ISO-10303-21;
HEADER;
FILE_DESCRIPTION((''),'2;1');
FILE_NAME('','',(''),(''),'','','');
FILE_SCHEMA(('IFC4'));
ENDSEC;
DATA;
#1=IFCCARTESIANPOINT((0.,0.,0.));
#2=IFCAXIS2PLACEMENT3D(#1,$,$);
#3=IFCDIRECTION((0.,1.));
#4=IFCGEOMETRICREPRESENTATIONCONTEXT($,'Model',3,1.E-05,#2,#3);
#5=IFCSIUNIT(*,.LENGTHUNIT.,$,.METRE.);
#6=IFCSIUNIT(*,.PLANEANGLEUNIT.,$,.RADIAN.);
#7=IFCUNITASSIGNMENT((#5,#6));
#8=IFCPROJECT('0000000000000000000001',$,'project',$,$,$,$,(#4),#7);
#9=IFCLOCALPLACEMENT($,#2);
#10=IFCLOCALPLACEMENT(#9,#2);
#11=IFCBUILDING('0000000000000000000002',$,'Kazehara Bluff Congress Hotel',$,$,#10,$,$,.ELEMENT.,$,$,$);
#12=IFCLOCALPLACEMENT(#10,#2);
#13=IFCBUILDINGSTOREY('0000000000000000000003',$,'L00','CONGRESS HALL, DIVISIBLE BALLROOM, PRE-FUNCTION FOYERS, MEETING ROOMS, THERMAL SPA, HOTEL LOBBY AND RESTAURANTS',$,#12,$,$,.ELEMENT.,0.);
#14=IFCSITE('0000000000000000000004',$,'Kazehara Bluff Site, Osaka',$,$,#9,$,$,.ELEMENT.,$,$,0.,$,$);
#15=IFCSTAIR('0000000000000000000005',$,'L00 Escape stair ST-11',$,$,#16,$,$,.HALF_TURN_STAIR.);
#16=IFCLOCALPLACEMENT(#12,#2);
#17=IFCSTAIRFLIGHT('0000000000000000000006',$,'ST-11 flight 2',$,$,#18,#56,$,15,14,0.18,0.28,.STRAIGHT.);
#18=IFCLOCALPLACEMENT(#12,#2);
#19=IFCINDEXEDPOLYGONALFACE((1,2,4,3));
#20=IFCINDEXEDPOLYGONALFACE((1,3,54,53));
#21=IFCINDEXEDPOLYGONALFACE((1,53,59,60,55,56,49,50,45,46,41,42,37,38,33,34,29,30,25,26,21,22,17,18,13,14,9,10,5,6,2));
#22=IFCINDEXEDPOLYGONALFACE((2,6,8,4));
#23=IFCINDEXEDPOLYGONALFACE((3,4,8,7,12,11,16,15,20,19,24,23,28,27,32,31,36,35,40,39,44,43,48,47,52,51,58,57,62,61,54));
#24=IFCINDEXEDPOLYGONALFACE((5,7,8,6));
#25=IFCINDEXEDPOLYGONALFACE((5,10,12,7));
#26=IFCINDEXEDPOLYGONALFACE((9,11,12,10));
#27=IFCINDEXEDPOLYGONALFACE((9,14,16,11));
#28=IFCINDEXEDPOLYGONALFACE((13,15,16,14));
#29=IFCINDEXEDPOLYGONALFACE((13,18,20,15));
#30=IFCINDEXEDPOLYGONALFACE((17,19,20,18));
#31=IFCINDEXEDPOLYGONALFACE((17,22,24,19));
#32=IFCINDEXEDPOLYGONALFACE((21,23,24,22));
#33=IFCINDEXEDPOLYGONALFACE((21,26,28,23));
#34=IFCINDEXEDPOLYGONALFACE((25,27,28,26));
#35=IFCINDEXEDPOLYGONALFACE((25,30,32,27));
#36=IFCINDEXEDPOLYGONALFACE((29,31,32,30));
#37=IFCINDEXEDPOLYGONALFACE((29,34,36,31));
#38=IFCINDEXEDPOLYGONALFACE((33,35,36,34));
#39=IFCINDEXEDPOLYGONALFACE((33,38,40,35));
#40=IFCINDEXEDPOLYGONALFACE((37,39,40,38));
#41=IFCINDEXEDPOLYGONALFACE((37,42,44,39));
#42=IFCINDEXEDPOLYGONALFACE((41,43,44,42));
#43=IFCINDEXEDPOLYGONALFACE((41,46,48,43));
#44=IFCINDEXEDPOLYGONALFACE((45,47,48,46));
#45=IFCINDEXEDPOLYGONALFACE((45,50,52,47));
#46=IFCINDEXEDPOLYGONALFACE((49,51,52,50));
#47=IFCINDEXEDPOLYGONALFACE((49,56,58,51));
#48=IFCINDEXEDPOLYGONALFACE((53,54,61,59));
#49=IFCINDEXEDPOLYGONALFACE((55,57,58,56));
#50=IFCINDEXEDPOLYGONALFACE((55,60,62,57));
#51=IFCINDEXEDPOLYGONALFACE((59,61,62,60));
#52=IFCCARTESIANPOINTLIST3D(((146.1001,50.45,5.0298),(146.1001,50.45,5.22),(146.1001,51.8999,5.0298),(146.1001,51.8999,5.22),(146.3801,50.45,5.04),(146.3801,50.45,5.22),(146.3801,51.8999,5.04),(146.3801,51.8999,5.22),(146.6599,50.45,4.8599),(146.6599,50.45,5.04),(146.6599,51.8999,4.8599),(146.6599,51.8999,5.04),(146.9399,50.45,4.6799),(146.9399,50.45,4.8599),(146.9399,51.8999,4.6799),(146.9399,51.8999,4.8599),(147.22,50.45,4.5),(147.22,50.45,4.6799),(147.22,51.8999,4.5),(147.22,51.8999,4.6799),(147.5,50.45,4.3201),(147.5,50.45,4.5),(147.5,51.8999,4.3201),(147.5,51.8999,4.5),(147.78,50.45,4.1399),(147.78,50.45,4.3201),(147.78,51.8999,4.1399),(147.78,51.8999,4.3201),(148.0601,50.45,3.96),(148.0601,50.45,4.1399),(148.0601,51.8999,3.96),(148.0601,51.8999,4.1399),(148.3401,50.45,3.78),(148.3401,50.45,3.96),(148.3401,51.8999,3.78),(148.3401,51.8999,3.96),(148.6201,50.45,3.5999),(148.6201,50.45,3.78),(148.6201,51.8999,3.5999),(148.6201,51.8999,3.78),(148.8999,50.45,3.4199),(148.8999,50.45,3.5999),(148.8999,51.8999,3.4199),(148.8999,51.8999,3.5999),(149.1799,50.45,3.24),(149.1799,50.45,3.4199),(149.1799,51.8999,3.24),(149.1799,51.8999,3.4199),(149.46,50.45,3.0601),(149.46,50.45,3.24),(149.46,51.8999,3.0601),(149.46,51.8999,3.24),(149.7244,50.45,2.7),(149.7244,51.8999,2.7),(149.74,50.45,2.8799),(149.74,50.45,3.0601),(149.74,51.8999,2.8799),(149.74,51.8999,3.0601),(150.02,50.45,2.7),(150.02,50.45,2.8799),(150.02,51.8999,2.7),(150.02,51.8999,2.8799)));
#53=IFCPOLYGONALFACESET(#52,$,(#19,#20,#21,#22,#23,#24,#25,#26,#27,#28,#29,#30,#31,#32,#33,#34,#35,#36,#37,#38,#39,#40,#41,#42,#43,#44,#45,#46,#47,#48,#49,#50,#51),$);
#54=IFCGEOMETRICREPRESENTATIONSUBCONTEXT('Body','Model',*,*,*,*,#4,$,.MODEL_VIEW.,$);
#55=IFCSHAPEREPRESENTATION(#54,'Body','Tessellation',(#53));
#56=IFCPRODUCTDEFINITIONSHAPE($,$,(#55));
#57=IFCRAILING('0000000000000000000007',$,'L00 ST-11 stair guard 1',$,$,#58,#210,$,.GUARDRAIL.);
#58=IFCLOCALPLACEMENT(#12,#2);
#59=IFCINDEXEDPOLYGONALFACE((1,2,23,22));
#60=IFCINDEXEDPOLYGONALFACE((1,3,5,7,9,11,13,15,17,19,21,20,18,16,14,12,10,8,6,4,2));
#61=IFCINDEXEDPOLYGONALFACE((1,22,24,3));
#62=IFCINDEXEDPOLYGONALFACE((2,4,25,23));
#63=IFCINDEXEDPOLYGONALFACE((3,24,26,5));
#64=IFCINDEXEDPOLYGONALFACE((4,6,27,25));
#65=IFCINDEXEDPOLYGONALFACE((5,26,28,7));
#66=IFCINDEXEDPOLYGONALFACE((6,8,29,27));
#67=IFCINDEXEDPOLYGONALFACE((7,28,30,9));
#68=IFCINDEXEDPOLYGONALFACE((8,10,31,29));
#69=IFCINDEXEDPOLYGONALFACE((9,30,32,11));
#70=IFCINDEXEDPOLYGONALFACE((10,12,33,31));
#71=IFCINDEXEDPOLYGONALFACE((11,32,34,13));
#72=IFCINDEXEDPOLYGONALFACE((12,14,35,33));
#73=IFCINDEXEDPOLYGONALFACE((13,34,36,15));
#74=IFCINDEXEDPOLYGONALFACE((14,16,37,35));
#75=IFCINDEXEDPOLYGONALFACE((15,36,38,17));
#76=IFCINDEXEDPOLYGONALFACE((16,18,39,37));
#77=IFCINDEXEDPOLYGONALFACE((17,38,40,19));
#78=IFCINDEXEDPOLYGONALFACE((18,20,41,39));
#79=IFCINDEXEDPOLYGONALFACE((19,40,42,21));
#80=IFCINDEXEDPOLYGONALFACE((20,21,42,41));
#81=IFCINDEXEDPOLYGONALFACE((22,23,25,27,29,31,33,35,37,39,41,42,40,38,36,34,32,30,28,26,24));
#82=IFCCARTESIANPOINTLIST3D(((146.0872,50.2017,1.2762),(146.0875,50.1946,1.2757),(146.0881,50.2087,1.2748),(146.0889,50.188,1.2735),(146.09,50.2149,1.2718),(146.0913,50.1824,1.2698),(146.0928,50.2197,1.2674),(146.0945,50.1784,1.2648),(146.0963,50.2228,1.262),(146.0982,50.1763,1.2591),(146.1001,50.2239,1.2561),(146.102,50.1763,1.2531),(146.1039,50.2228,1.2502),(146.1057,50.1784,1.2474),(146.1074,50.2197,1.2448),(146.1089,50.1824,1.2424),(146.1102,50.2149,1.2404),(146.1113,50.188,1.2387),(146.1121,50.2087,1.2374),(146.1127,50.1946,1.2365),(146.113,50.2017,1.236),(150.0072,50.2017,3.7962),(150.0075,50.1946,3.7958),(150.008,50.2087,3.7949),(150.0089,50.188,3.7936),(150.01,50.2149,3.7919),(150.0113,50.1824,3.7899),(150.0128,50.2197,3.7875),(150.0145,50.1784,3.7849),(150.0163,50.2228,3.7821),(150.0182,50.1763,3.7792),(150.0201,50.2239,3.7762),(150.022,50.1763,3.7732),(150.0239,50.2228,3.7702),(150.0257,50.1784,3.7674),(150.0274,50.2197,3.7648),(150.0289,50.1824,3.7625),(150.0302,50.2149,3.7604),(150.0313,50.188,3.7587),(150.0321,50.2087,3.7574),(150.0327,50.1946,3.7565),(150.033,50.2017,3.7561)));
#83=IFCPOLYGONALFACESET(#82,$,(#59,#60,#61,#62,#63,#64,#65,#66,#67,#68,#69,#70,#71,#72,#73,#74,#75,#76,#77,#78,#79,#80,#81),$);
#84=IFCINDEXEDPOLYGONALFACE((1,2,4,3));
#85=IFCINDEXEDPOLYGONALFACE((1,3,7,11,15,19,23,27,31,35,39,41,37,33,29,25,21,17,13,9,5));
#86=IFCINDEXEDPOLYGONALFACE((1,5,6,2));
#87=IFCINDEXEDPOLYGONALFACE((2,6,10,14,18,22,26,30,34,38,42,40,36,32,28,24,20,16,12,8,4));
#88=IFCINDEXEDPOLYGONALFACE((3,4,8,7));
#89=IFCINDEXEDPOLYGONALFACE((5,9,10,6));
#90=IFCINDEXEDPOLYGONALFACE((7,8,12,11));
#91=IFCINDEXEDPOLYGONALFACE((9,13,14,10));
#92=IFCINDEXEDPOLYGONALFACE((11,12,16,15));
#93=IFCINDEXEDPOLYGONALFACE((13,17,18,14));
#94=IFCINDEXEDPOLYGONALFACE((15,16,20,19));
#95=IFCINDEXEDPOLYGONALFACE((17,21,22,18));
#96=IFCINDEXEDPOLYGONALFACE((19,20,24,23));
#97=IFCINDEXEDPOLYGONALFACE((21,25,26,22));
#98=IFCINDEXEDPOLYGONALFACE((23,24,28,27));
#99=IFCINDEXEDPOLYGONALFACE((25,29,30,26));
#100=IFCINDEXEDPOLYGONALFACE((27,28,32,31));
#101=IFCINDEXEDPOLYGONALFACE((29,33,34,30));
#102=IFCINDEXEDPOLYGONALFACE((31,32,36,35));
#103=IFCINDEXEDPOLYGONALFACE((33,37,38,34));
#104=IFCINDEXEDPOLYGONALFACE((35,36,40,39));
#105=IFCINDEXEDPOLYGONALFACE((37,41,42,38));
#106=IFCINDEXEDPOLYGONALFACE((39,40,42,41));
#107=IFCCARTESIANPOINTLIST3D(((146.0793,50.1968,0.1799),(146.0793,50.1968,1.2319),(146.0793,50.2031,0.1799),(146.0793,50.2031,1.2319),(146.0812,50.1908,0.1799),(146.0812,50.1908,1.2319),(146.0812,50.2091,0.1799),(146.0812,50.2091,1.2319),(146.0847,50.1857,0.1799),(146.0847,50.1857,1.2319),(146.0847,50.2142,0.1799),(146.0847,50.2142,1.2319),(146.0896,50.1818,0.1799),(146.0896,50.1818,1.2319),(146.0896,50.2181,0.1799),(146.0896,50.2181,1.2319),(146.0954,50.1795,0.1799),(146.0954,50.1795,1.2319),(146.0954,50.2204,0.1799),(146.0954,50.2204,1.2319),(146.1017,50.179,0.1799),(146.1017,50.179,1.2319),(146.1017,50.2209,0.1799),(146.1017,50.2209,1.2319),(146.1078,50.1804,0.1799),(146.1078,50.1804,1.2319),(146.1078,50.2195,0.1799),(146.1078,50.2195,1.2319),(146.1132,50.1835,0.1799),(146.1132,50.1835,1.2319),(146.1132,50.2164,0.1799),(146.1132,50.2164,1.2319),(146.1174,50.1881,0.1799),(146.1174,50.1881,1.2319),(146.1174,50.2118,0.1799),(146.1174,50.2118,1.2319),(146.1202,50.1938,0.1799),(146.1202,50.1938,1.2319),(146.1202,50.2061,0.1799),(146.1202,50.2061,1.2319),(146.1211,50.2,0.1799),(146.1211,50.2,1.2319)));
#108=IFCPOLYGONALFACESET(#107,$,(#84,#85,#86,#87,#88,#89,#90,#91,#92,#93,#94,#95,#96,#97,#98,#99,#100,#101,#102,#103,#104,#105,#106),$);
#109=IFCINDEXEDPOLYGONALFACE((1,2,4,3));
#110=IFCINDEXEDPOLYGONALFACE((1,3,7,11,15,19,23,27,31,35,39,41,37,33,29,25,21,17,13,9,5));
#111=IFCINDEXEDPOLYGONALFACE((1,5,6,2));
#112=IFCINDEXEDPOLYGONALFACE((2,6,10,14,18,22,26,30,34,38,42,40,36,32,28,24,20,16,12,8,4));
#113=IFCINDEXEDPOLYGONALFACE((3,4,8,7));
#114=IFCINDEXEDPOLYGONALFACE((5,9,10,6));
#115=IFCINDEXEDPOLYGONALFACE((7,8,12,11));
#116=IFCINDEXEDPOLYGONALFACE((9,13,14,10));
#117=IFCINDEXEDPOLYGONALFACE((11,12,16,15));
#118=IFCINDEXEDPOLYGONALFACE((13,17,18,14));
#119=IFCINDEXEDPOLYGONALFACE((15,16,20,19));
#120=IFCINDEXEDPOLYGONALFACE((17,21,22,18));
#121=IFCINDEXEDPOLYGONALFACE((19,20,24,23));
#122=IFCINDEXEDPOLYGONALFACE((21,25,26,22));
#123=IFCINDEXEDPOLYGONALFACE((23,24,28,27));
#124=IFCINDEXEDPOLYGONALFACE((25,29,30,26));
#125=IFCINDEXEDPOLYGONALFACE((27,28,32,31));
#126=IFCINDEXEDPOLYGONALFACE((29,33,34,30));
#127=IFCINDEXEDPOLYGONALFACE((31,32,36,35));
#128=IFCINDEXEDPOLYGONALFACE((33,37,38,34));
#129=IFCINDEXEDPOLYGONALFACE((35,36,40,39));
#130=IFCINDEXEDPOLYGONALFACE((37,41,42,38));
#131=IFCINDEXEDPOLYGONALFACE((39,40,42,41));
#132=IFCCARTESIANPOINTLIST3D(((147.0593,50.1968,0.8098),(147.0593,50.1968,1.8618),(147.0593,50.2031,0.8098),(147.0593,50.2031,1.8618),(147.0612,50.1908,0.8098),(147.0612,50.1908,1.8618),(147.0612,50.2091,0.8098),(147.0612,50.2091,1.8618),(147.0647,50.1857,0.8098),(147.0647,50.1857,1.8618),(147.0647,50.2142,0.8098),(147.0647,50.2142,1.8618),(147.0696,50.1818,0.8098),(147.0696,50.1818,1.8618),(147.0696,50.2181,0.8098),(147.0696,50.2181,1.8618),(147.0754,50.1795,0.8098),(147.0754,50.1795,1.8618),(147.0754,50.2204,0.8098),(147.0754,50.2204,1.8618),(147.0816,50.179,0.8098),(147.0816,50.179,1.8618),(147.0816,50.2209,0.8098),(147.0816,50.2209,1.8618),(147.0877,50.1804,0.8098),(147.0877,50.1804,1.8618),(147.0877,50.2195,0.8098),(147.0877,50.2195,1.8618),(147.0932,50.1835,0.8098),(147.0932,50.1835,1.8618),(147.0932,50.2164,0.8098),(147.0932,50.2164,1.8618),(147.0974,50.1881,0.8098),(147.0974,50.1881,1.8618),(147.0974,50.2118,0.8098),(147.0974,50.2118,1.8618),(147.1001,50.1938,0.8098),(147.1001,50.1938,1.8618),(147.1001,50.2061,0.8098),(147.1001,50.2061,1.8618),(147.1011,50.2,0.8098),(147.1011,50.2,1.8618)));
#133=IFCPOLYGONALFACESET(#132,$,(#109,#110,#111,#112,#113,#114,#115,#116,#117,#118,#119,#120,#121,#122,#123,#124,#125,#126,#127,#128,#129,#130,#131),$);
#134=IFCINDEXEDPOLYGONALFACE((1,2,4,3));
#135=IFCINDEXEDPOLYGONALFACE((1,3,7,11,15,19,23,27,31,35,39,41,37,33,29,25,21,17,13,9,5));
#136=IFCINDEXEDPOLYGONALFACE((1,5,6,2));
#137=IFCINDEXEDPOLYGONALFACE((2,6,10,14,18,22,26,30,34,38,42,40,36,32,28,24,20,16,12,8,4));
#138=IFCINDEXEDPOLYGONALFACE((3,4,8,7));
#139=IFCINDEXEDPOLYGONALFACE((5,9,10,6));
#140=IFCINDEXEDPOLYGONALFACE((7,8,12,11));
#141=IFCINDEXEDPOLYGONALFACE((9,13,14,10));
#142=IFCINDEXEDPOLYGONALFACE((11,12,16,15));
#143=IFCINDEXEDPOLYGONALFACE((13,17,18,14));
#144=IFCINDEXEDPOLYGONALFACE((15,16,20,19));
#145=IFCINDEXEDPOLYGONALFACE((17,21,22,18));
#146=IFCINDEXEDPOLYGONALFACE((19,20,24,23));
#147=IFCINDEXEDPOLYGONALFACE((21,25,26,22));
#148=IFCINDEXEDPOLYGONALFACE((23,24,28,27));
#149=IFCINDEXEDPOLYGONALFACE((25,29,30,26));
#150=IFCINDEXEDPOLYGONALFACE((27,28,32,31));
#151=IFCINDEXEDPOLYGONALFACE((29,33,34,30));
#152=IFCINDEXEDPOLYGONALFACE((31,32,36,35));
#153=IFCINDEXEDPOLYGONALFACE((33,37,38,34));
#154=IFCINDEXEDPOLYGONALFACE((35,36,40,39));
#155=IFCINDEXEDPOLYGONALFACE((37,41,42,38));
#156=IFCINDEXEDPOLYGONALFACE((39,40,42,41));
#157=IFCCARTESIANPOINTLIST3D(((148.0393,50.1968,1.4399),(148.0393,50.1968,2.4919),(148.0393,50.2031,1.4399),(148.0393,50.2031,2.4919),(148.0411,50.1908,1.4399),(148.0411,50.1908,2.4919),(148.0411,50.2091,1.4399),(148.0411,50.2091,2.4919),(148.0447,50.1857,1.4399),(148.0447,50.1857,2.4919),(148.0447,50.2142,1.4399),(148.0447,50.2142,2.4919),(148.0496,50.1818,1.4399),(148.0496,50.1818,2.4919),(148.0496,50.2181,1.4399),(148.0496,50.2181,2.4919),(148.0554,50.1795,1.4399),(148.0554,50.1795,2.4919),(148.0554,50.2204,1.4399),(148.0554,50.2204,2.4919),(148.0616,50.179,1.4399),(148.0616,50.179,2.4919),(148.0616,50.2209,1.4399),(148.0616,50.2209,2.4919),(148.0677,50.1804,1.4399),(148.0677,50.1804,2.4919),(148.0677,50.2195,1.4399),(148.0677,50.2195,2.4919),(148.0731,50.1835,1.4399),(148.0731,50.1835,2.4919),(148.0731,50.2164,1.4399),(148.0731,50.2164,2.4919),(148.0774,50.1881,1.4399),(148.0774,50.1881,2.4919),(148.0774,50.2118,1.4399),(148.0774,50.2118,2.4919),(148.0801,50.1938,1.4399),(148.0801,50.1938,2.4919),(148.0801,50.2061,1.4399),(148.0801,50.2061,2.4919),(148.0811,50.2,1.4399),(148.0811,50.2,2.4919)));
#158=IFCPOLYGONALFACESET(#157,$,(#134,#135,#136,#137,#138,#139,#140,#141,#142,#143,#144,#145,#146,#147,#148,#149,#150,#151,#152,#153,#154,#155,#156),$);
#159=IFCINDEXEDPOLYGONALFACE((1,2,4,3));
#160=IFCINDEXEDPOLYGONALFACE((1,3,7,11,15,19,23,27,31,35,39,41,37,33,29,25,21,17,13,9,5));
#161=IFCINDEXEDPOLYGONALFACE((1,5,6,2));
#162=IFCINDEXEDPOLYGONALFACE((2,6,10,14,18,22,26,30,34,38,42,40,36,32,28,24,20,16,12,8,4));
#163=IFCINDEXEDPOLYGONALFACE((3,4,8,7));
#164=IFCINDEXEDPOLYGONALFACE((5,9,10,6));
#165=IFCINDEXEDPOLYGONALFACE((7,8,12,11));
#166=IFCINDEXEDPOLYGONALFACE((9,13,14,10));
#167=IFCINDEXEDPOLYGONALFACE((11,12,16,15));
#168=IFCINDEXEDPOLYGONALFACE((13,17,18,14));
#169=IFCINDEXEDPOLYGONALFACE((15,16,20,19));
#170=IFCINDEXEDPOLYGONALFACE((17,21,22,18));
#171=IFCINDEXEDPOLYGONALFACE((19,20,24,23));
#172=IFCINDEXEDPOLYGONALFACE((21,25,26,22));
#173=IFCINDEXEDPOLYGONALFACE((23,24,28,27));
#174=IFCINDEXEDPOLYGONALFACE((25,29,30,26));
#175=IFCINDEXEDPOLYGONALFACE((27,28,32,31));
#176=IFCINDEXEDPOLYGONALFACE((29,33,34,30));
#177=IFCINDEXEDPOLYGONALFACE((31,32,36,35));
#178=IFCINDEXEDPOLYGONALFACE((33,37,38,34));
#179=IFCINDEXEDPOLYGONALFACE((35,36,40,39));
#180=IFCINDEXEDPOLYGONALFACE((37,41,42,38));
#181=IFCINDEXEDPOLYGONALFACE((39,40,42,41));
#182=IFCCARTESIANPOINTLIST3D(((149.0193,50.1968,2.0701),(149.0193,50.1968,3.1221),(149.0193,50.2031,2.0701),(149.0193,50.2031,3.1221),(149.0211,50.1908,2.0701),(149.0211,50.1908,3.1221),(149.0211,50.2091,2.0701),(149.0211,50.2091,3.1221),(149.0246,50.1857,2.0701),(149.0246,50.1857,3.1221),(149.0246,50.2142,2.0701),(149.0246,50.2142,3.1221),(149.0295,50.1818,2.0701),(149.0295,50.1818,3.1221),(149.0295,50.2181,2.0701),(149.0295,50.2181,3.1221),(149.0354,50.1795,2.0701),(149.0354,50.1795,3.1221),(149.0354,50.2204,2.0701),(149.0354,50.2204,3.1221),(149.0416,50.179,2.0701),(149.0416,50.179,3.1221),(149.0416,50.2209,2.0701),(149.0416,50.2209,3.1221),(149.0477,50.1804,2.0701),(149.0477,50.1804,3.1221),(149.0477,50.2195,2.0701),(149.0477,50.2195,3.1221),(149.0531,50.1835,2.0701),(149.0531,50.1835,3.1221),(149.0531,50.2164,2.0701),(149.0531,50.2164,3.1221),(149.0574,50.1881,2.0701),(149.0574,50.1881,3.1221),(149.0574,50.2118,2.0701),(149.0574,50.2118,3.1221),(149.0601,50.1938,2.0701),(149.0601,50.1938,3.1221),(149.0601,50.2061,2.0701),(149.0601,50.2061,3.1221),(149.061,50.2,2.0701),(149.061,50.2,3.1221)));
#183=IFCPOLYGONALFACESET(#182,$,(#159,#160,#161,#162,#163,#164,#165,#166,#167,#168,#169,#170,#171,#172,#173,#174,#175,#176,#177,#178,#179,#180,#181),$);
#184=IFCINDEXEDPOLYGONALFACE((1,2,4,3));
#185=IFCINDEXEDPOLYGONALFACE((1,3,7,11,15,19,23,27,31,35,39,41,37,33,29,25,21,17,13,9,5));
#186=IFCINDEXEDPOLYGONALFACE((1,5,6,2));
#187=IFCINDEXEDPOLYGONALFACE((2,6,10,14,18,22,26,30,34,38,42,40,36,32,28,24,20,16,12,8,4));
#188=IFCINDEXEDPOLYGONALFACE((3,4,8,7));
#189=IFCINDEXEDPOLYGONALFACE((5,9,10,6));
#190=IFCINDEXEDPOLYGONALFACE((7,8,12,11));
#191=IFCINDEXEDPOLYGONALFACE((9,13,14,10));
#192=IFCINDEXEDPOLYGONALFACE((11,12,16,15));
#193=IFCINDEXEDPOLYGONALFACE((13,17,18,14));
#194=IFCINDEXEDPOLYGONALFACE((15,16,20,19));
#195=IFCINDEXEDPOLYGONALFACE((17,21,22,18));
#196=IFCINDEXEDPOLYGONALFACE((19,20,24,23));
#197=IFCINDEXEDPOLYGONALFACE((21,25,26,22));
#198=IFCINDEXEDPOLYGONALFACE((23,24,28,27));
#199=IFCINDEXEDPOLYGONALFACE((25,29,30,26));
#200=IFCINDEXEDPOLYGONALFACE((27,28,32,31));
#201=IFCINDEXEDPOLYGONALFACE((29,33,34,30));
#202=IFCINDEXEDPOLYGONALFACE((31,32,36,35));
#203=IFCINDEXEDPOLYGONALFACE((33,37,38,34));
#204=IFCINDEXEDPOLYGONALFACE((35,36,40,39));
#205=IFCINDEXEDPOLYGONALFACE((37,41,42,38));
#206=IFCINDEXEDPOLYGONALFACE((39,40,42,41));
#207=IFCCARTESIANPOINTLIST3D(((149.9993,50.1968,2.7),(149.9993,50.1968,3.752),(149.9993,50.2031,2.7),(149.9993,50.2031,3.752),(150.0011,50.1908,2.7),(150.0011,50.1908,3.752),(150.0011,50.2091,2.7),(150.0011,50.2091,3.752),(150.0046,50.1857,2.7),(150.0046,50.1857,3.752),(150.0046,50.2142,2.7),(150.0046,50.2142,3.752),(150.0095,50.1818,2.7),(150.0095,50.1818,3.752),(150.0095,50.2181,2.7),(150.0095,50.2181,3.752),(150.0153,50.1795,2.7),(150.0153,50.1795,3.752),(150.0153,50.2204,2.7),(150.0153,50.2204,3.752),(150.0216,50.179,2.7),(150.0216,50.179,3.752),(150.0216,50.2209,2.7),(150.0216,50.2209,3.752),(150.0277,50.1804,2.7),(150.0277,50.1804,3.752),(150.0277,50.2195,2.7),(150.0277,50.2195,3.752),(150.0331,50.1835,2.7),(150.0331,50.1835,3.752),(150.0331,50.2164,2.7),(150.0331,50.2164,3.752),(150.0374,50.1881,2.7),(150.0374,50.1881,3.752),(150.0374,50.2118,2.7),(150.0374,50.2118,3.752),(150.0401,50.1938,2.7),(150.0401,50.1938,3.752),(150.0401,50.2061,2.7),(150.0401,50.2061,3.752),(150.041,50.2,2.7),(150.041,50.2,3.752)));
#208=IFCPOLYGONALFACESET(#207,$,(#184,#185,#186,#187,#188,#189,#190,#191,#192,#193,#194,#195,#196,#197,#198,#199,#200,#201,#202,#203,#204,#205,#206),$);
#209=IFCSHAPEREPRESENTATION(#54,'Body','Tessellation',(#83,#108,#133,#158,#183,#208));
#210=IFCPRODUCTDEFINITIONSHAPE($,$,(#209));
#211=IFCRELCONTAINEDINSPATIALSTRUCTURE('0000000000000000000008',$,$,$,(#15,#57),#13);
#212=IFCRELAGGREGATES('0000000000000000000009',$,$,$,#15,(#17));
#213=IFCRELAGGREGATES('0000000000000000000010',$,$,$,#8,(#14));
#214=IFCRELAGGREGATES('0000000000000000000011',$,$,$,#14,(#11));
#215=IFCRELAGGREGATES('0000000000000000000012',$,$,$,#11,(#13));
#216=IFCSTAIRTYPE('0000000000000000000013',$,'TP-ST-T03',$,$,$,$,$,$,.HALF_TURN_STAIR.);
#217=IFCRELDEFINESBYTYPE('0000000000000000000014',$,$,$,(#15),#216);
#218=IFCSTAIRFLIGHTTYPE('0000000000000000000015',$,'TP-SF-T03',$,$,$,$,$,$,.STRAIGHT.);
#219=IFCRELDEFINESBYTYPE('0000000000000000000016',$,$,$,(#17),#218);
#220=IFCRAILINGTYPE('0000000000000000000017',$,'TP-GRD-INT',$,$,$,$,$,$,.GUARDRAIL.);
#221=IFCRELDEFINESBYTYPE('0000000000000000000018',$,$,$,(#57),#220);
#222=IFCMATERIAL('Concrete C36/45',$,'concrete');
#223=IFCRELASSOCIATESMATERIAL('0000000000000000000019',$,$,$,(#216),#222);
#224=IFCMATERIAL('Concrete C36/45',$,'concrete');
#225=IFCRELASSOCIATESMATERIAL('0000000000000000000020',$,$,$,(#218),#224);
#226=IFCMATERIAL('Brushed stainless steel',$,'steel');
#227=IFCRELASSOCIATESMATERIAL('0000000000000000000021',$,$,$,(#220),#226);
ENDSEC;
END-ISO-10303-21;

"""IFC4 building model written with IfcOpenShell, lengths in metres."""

from ifc_helpers import new_model, si_unit, direction, frame, origin, origin_2d, place, context, subcontext, project, spatial, polyline, circle, outline, extrude, material, type_object, element, aggregate, save


model = new_model("IFC4")

# Units and contexts
model_context = context("Model", 3, precision=1e-05, world=origin(), true_north=direction((0.0, 1.0)))
body_context = subcontext(model_context, "Body", "Model", "MODEL_VIEW")
ifc_project = project(units=[si_unit("LENGTHUNIT", "METRE"), si_unit("PLANEANGLEUNIT", "RADIAN")], contexts=[model_context])

# Site, building, storey
site_placement = place(None, origin())
site = spatial("IfcSite", under=ifc_project, at=site_placement, Name="Kazehara Bluff Site, Osaka", CompositionType="ELEMENT", RefElevation=0.0)
building_placement = place(site_placement, origin())
building = spatial("IfcBuilding", under=site, at=building_placement, Name="Kazehara Bluff Congress Hotel", CompositionType="ELEMENT")
storey_placement = place(building_placement, origin())
storey = spatial("IfcBuildingStorey", under=building, at=storey_placement, Name="L00", Description="CONGRESS HALL, DIVISIBLE BALLROOM, PRE-FUNCTION FOYERS, MEETING ROOMS, THERMAL SPA, HOTEL LOBBY AND RESTAURANTS", CompositionType="ELEMENT", Elevation=0.0)

# Stair, stair flight
ifc_material_1 = material(Name="Concrete C36/45", Category="concrete")
stair_type = type_object("IfcStairType", Name="TP-ST-T03", PredefinedType="HALF_TURN_STAIR", material=ifc_material_1)
stair_placement = place(storey_placement, origin())
stair = element("IfcStair", 1, at=stair_placement, inside=storey, type_object=stair_type, Name="L00 Escape stair ST-11", PredefinedType="HALF_TURN_STAIR")
ifc_material_2 = material(Name="Concrete C36/45", Category="concrete")
stair_flight_type = type_object("IfcStairFlightType", Name="TP-SF-T03", PredefinedType="STRAIGHT", material=ifc_material_2)
stair_flight_1_placement = place(storey_placement, frame((150.02, 51.175, 2.7), z_axis=(0.0, 0.0, 1.0), x_axis=(-1.0, 0.0, 0.0)))
stair_flight_1 = element("IfcStairFlight", 2, at=stair_flight_1_placement, type_object=stair_flight_type, Name="ST-11 flight 2", NumberOfRisers=15, NumberOfTreads=14, PredefinedType="STRAIGHT", RiserHeight=0.18, TreadLength=0.28, context=body_context, shape_type="SweptSolid", body=[
    extrude(outline(polyline([(0.0, 0.0), (0.0, 0.1799), (0.28, 0.1799), (0.28, 0.3601), (0.5601, 0.3601), (0.5601, 0.54), (0.8401, 0.54), (0.8401, 0.72), (1.1201, 0.72), (1.1201, 0.8999), (1.3999, 0.8999), (1.3999, 1.0801), (1.6799, 1.0801), (1.6799, 1.26), (1.96, 1.26), (1.96, 1.4399), (2.24, 1.4399), (2.24, 1.6201), (2.52, 1.6201), (2.52, 1.8), (2.8, 1.8), (2.8, 1.98), (3.0801, 1.98), (3.0801, 2.1599), (3.3601, 2.1599), (3.3601, 2.3401), (3.6399, 2.3401), (3.6399, 2.52), (3.9199, 2.52), (3.9199, 2.7), (3.9199, 2.3298), (0.2957, 0.0), (0.0, 0.0)])), frame((0.0, 0.7251, 0.0), z_axis=(0.0, -1.0, 0.0), x_axis=(1.0, 0.0, 0.0)), (0.0, 0.0, 1.0), 1.45),
])
aggregate(stair, [stair_flight_1])

# Railing
ifc_material_3 = material(Name="Brushed stainless steel", Category="steel")
railing_type_1 = type_object("IfcRailingType", Name="TP-GRD-INT", PredefinedType="GUARDRAIL", material=ifc_material_3)
railing_1_placement = place(storey_placement, frame((146.1001, 50.2, 0.1799)))
element("IfcRailing", 3, at=railing_1_placement, inside=storey, type_object=railing_type_1, Name="L00 ST-11 stair guard 1", PredefinedType="GUARDRAIL", context=body_context, shape_type="SweptSolid", body=[
    extrude(circle(Radius=0.0239, at=origin_2d()), frame((0.0, 0.0, 1.0762), z_axis=(0.841172, 0.0, 0.540768), x_axis=(0.0, 1.0, 0.0)), (0.0, 0.0, 1.0), 4.6602),
    extrude(circle(Radius=0.021, at=origin_2d()), origin(), (0.0, 0.0, 1.0), 1.052),
    extrude(circle(Radius=0.021, at=origin_2d()), frame((0.98, 0.0, 0.6299)), (0.0, 0.0, 1.0), 1.052),
    extrude(circle(Radius=0.021, at=origin_2d()), frame((1.96, 0.0, 1.26)), (0.0, 0.0, 1.0), 1.052),
    extrude(circle(Radius=0.021, at=origin_2d()), frame((2.9399, 0.0, 1.8901)), (0.0, 0.0, 1.0), 1.052),
    extrude(circle(Radius=0.021, at=origin_2d()), frame((3.9199, 0.0, 2.52)), (0.0, 0.0, 1.0), 1.052),
])

save(model, "model.ifc")
